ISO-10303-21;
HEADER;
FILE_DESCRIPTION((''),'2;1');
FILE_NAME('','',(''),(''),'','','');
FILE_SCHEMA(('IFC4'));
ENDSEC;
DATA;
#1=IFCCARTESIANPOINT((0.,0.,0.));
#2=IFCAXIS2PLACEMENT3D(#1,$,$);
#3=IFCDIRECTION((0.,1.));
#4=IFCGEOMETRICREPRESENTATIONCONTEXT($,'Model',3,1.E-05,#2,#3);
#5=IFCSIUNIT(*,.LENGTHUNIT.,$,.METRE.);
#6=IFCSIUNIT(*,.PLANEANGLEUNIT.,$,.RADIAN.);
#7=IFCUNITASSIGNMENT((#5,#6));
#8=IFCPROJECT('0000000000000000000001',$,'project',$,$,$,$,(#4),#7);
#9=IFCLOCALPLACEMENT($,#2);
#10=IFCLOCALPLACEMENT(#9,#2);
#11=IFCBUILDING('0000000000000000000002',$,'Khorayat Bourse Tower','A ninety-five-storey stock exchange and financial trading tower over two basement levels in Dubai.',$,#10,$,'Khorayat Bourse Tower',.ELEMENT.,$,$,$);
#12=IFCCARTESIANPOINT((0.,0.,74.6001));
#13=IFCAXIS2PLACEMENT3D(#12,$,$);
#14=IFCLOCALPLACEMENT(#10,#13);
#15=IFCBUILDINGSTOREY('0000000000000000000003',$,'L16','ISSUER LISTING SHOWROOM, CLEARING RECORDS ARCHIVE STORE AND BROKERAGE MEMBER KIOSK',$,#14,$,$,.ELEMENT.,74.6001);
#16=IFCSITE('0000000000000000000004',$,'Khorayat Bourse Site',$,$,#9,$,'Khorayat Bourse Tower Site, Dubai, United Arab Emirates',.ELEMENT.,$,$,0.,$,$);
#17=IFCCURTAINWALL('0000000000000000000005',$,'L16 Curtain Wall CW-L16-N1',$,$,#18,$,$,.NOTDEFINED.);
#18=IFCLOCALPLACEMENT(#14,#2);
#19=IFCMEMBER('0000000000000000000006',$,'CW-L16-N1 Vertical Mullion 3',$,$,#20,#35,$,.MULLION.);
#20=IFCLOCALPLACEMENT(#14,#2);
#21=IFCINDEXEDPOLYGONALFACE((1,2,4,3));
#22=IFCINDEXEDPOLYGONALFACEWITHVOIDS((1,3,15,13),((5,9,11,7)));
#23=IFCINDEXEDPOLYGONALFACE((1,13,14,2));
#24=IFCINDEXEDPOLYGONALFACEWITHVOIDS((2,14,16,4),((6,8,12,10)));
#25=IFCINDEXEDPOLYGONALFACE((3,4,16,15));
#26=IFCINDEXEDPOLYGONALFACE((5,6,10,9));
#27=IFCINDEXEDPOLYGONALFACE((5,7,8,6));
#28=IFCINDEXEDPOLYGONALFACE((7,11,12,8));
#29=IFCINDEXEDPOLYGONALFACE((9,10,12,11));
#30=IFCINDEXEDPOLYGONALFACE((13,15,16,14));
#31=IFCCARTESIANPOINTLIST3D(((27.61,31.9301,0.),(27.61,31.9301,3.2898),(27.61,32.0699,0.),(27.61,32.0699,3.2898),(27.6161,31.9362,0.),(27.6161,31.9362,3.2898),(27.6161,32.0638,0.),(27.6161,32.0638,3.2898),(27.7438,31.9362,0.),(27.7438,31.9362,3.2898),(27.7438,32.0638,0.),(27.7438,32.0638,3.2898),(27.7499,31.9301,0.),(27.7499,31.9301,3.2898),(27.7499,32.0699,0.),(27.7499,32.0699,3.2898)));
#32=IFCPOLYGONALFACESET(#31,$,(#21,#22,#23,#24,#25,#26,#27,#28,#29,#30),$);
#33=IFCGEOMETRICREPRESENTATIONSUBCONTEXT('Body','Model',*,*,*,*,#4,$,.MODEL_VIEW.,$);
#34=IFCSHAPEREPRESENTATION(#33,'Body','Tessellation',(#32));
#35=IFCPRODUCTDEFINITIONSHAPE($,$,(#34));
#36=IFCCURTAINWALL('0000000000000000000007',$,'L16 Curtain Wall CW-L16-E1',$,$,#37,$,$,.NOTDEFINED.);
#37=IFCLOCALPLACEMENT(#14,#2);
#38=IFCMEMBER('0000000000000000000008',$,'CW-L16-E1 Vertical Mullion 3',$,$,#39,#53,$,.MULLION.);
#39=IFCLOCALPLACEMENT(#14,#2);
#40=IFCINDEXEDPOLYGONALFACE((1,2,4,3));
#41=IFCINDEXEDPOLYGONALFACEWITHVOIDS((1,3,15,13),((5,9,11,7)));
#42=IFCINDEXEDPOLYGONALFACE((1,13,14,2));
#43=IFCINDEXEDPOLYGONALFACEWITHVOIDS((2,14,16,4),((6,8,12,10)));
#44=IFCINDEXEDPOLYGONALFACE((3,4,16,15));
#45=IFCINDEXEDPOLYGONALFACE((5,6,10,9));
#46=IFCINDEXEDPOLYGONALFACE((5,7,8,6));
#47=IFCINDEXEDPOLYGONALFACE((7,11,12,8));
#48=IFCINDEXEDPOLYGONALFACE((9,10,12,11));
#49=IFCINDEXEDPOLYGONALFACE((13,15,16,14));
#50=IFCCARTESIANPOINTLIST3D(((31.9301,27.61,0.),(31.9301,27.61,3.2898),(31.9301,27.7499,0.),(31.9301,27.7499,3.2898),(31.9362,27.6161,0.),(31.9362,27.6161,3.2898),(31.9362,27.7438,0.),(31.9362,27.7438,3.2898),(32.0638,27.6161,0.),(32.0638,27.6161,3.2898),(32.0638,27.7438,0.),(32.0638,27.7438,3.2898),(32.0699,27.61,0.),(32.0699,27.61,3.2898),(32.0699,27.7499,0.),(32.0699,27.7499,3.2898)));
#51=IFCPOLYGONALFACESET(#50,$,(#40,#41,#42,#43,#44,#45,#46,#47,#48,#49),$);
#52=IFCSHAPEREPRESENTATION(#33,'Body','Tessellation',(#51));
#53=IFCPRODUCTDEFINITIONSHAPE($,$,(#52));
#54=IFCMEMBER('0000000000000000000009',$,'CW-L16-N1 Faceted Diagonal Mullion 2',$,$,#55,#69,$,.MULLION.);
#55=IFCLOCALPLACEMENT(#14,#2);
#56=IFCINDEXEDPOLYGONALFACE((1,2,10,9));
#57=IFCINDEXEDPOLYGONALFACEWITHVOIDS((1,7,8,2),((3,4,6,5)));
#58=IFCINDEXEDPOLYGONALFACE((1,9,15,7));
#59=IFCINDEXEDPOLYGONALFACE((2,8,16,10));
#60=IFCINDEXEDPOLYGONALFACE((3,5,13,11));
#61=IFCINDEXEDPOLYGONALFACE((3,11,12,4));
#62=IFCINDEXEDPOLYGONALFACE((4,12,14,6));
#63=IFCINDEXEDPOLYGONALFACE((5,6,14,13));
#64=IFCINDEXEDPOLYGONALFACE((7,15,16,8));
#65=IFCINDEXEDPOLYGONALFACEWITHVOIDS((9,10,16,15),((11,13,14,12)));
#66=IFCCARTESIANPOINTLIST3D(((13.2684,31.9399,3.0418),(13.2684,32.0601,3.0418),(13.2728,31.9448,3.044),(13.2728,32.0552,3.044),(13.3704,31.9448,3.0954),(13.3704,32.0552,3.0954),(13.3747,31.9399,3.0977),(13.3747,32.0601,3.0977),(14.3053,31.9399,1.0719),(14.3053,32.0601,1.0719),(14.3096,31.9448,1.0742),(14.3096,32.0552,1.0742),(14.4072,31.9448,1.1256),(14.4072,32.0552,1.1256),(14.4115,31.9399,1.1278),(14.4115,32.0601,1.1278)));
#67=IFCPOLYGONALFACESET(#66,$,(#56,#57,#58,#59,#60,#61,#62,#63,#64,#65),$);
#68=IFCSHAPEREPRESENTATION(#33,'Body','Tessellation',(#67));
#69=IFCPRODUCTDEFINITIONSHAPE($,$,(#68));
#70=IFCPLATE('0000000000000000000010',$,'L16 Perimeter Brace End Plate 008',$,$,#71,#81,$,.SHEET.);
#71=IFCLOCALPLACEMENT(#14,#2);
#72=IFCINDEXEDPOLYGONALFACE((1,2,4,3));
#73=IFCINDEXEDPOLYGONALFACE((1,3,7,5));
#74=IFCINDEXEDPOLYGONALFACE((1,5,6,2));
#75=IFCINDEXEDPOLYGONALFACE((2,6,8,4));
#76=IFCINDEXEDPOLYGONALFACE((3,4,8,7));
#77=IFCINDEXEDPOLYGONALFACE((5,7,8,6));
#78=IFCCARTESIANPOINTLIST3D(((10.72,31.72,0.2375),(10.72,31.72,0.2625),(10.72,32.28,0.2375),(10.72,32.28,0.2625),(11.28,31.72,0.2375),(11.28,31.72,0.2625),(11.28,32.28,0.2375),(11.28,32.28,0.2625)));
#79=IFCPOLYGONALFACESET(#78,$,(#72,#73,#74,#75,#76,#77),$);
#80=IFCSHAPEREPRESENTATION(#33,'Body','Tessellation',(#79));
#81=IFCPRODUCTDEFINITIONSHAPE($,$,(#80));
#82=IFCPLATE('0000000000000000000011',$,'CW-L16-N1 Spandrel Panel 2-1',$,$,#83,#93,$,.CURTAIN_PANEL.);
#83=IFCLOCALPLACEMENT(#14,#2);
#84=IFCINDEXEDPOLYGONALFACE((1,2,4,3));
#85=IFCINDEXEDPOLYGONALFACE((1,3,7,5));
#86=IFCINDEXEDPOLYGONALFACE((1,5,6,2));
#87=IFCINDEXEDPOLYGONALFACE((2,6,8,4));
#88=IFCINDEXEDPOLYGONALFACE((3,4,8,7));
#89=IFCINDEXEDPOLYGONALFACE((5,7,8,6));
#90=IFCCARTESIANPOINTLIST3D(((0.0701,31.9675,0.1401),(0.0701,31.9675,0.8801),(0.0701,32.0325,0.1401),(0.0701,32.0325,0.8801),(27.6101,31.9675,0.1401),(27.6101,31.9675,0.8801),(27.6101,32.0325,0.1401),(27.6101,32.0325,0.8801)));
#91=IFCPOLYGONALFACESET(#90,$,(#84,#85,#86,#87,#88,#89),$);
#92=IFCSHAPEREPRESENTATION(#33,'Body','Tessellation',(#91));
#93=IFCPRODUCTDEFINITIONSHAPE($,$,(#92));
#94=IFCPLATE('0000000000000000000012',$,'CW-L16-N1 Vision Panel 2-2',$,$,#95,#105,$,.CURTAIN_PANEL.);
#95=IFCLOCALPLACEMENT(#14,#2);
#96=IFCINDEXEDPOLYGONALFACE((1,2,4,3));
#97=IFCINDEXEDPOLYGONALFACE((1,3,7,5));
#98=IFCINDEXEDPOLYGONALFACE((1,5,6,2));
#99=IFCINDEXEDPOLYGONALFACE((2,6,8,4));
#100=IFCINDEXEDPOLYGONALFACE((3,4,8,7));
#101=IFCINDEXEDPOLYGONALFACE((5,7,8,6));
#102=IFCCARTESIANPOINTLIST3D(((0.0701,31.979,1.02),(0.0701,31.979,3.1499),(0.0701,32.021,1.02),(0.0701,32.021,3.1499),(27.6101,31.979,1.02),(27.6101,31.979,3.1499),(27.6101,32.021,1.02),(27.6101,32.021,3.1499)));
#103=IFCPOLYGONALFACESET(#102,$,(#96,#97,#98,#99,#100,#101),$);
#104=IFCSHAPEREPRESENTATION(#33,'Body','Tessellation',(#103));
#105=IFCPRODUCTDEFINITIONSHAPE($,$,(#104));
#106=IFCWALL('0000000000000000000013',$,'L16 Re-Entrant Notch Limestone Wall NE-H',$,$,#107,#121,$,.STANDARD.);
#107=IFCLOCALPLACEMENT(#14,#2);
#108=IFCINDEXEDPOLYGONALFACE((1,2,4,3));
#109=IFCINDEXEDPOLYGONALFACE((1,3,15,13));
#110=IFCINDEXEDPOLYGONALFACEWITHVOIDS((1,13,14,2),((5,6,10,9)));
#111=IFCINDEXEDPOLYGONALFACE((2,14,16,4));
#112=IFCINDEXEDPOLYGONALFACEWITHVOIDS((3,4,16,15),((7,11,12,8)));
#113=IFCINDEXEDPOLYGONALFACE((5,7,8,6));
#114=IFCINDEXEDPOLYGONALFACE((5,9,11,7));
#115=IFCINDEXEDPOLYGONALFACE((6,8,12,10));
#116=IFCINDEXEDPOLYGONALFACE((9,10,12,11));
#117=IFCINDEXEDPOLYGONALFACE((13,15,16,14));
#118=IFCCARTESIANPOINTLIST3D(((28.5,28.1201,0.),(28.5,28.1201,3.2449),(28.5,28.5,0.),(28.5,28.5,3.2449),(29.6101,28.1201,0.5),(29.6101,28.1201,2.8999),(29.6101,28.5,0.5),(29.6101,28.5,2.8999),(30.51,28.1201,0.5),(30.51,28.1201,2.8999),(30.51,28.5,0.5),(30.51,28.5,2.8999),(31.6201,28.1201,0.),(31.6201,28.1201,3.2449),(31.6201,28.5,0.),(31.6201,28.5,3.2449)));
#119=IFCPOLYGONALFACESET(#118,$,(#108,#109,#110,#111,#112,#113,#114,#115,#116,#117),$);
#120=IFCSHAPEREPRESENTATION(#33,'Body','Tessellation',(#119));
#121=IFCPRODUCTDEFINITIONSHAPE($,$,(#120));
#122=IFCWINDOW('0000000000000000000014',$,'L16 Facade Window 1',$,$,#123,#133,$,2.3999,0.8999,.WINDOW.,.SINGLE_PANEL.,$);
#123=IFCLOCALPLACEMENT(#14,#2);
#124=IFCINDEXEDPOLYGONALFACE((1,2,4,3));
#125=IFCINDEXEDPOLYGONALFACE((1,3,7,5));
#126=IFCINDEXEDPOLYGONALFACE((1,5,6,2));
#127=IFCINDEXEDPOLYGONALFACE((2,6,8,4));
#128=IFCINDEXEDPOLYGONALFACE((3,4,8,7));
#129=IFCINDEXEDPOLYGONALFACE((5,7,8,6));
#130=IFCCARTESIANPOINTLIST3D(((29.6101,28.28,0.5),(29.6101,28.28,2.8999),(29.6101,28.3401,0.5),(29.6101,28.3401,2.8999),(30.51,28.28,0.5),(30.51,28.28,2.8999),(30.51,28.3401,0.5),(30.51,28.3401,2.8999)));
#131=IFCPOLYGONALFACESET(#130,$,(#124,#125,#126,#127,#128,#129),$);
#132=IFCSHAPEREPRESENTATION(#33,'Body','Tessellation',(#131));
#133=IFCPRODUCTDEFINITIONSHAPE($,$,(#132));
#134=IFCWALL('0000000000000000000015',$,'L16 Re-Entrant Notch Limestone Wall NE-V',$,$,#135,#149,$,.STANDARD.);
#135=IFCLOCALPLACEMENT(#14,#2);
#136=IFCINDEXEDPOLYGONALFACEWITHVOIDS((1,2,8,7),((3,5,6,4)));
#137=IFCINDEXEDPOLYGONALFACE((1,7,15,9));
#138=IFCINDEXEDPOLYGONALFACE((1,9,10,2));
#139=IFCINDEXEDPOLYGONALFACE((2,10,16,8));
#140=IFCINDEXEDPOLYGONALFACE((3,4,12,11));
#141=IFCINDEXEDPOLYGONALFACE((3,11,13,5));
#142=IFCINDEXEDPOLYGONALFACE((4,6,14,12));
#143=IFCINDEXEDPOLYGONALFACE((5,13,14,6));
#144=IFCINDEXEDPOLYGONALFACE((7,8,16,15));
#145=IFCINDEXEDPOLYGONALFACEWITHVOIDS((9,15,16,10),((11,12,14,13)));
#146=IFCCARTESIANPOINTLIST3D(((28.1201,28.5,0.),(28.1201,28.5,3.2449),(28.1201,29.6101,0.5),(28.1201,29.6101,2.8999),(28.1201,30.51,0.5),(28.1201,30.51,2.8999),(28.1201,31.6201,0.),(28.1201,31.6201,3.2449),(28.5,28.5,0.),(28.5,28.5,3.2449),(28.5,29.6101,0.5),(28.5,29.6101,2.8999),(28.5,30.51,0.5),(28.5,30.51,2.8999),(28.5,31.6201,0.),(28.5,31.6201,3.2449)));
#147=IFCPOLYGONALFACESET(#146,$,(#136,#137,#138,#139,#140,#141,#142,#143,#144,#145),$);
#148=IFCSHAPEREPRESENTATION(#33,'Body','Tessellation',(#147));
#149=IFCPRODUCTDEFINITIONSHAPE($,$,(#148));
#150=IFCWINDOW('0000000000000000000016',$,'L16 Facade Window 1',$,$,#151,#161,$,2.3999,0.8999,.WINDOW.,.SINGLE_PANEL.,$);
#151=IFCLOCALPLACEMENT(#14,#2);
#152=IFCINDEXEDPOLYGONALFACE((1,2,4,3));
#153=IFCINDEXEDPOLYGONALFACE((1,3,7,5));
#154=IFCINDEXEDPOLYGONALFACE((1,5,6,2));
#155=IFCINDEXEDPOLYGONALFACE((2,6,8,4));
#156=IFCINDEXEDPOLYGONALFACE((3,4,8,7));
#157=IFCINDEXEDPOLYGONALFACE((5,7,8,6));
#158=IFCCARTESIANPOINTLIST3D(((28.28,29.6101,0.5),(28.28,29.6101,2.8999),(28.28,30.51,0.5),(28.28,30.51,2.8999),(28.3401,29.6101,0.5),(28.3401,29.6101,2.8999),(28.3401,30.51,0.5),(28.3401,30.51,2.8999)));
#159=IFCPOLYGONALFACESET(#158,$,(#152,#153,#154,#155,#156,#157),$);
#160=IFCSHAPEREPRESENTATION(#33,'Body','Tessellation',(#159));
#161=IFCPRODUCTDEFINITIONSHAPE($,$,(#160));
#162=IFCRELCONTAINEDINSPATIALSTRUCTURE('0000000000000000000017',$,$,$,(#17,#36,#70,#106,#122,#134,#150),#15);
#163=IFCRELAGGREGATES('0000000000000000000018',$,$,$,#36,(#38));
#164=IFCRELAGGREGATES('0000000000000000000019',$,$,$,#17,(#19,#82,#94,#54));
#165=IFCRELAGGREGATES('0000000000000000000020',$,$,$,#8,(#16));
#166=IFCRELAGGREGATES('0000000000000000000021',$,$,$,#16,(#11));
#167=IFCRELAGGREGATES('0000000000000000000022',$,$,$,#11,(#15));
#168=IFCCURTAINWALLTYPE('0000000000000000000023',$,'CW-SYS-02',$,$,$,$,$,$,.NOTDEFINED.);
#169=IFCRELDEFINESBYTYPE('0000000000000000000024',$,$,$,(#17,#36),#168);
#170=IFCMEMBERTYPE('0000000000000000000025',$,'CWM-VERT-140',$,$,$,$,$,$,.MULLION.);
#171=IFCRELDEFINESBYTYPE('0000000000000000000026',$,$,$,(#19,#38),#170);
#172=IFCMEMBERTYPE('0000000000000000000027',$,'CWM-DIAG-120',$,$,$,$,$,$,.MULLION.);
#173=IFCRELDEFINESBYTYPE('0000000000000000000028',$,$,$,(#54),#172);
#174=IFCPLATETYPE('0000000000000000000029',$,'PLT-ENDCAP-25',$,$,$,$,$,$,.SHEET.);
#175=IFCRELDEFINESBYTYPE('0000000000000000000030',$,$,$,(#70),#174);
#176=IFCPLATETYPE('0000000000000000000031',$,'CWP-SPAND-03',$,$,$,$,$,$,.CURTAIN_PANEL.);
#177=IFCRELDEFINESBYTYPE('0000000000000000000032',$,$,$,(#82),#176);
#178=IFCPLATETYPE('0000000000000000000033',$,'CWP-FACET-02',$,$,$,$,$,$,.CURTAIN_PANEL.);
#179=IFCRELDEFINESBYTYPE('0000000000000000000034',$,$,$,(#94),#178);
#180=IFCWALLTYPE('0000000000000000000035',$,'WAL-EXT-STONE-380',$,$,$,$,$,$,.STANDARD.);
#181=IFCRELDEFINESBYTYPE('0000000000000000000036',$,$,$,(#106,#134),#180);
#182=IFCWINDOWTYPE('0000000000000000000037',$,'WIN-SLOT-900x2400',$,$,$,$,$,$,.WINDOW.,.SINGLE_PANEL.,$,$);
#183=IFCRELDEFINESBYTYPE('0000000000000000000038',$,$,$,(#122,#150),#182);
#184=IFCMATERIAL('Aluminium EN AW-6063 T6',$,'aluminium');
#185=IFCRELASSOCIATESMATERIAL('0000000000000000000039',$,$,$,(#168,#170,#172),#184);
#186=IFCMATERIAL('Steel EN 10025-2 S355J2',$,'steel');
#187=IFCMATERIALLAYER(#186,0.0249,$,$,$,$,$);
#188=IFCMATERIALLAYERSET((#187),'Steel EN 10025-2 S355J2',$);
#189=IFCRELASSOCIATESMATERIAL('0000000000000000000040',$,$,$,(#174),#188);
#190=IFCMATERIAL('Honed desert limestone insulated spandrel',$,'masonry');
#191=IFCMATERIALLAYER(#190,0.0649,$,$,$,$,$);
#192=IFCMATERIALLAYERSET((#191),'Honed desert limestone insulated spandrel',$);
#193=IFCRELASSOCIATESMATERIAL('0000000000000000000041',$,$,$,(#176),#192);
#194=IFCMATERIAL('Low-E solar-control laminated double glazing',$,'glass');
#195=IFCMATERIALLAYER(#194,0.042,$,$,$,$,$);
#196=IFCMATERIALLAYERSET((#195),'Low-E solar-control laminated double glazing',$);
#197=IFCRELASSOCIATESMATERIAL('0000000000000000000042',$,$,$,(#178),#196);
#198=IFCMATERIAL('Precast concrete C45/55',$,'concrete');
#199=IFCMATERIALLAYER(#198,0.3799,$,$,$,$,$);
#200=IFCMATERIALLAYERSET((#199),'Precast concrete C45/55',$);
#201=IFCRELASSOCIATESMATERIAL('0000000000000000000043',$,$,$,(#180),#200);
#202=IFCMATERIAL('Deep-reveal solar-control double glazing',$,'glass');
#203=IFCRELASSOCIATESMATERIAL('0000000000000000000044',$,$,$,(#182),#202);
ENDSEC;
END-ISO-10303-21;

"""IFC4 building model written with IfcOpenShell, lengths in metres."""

from ifc_helpers import new_model, si_unit, direction, frame, frame_2d, origin, origin_2d, place, context, subcontext, project, spatial, rectangle, hollow_rectangle, extrude, source, transform, mapped, material, layer, layer_set, material_profile, profile_set, type_object, element, fill, aggregate, save


model = new_model("IFC4")

# Units and contexts
model_context = context("Model", 3, precision=1e-05, world=origin(), true_north=direction((0.0, 1.0)))
body_context = subcontext(model_context, "Body", "Model", "MODEL_VIEW")
ifc_project = project(units=[si_unit("LENGTHUNIT", "METRE"), si_unit("PLANEANGLEUNIT", "RADIAN")], contexts=[model_context])

# Site, building, storey
site_placement = place(None, origin())
site = spatial("IfcSite", under=ifc_project, at=site_placement, Name="Khorayat Bourse Site", LongName="Khorayat Bourse Tower Site, Dubai, United Arab Emirates", CompositionType="ELEMENT", RefElevation=0.0)
building_placement = place(site_placement, origin())
building = spatial("IfcBuilding", under=site, at=building_placement, Name="Khorayat Bourse Tower", Description="A ninety-five-storey stock exchange and financial trading tower over two basement levels in Dubai.", LongName="Khorayat Bourse Tower", CompositionType="ELEMENT")
storey_placement = place(building_placement, frame((0.0, 0.0, 74.6001)))
storey = spatial("IfcBuildingStorey", under=building, at=storey_placement, Name="L16", Description="ISSUER LISTING SHOWROOM, CLEARING RECORDS ARCHIVE STORE AND BROKERAGE MEMBER KIOSK", CompositionType="ELEMENT", Elevation=74.6001)

# Curtain walls, members
ifc_material_1 = material(Name="Aluminium EN AW-6063 T6", Category="aluminium")
curtain_wall_type = type_object("IfcCurtainWallType", Name="CW-SYS-02", PredefinedType="NOTDEFINED", material=ifc_material_1)
curtain_wall_1_placement = place(storey_placement, origin())
curtain_wall_1 = element("IfcCurtainWall", 1, at=curtain_wall_1_placement, inside=storey, type_object=curtain_wall_type, Name="L16 Curtain Wall CW-L16-N1", PredefinedType="NOTDEFINED")
ifc_material_profile_1 = material_profile(ifc_material_1, hollow_rectangle(XDim=0.1399, YDim=0.1399, WallThickness=0.0061, at=origin_2d()), Name="ALU 140x140x6")
ifc_profile_set_1 = profile_set([ifc_material_profile_1], Name="Aluminium EN AW-6063 T6")
member_type_1 = type_object("IfcMemberType", Name="CWM-VERT-140", PredefinedType="MULLION", material=ifc_profile_set_1)
shared_shape_1 = source(origin(), body_context, "Body", "SweptSolid", [
    extrude(hollow_rectangle(XDim=0.1399, YDim=0.1399, WallThickness=0.0061, at=origin_2d()), origin(), (0.0, 0.0, 1.0), 3.2898),
])
member_1_placement = place(storey_placement, frame((27.6799, 32.0, 0.0), z_axis=(0.0, 0.0, 1.0), x_axis=(0.0, 1.0, 0.0)))
member_1 = element("IfcMember", 2, at=member_1_placement, type_object=member_type_1, Name="CW-L16-N1 Vertical Mullion 3", PredefinedType="MULLION", context=body_context, shape_type="MappedRepresentation", body=[
    mapped(shared_shape_1, transform((0.0, 0.0, 0.0), scale=1.0)),
])
curtain_wall_2_placement = place(storey_placement, origin())
curtain_wall_2 = element("IfcCurtainWall", 3, at=curtain_wall_2_placement, inside=storey, type_object=curtain_wall_type, Name="L16 Curtain Wall CW-L16-E1", PredefinedType="NOTDEFINED")
member_2_placement = place(storey_placement, frame((32.0, 27.6799, 0.0), z_axis=(0.0, 0.0, 1.0), x_axis=(-1.0, 0.0, 0.0)))
member_2 = element("IfcMember", 4, at=member_2_placement, type_object=member_type_1, Name="CW-L16-E1 Vertical Mullion 3", PredefinedType="MULLION", context=body_context, shape_type="MappedRepresentation", body=[
    mapped(shared_shape_1, transform((0.0, 0.0, 0.0), scale=1.0)),
])
aggregate(curtain_wall_2, [member_2])

# Member
ifc_material_profile_2 = material_profile(ifc_material_1, hollow_rectangle(XDim=0.1201, YDim=0.1201, WallThickness=0.0049, at=origin_2d()), Name="ALU 120x120x5")
ifc_profile_set_2 = profile_set([ifc_material_profile_2], Name="Aluminium EN AW-6063 T6")
member_type_2 = type_object("IfcMemberType", Name="CWM-DIAG-120", PredefinedType="MULLION", material=ifc_profile_set_2)
shared_shape_2 = source(origin(), body_context, "Body", "SweptSolid", [
    extrude(hollow_rectangle(XDim=0.1201, YDim=0.1201, WallThickness=0.0049, at=origin_2d()), origin(), (0.0, 0.0, 1.0), 2.2261),
])
member_3_placement = place(storey_placement, frame((14.3584, 32.0, 1.0999), z_axis=(-0.46576, 0.0, 0.884911), x_axis=(0.0, -1.0, 0.0)))
member_3 = element("IfcMember", 5, at=member_3_placement, type_object=member_type_2, Name="CW-L16-N1 Faceted Diagonal Mullion 2", PredefinedType="MULLION", context=body_context, shape_type="MappedRepresentation", body=[
    mapped(shared_shape_2, transform((0.0, 0.0, 0.0), scale=1.0)),
])

# Plates
ifc_material_2 = material(Name="Steel EN 10025-2 S355J2", Category="steel")
ifc_layer_1 = layer(ifc_material_2, 0.0249)
ifc_layer_set_1 = layer_set([ifc_layer_1], Name="Steel EN 10025-2 S355J2")
plate_type_1 = type_object("IfcPlateType", Name="PLT-ENDCAP-25", PredefinedType="SHEET", material=ifc_layer_set_1)
shared_shape_3 = source(origin(), body_context, "Body", "SweptSolid", [
    extrude(rectangle(XDim=0.5601, YDim=0.5601, at=origin_2d()), origin(), (0.0, 0.0, 1.0), 0.0249),
])
plate_1_placement = place(storey_placement, frame((11.0, 32.0, 0.2375), z_axis=(0.0, 0.0, 1.0), x_axis=(1.0, 0.0, 0.0)))
element("IfcPlate", 6, at=plate_1_placement, inside=storey, type_object=plate_type_1, Name="L16 Perimeter Brace End Plate 008", PredefinedType="SHEET", context=body_context, shape_type="MappedRepresentation", body=[
    mapped(shared_shape_3, transform((0.0, 0.0, 0.0), scale=1.0)),
])
ifc_material_3 = material(Name="Honed desert limestone insulated spandrel", Category="masonry")
ifc_layer_2 = layer(ifc_material_3, 0.0649)
ifc_layer_set_2 = layer_set([ifc_layer_2], Name="Honed desert limestone insulated spandrel")
plate_type_2 = type_object("IfcPlateType", Name="CWP-SPAND-03", PredefinedType="CURTAIN_PANEL", material=ifc_layer_set_2)
shared_shape_4 = source(origin(), body_context, "Body", "SweptSolid", [
    extrude(rectangle(XDim=27.54, YDim=0.0649, at=origin_2d()), origin(), (0.0, 0.0, 1.0), 0.74),
])
plate_2_placement = place(storey_placement, frame((13.8401, 32.0, 0.1401), z_axis=(0.0, 0.0, 1.0), x_axis=(1.0, 0.0, 0.0)))
plate_2 = element("IfcPlate", 7, at=plate_2_placement, type_object=plate_type_2, Name="CW-L16-N1 Spandrel Panel 2-1", PredefinedType="CURTAIN_PANEL", context=body_context, shape_type="MappedRepresentation", body=[
    mapped(shared_shape_4, transform((0.0, 0.0, 0.0), scale=1.0)),
])
ifc_material_4 = material(Name="Low-E solar-control laminated double glazing", Category="glass")
ifc_layer_3 = layer(ifc_material_4, 0.042)
ifc_layer_set_3 = layer_set([ifc_layer_3], Name="Low-E solar-control laminated double glazing")
plate_type_3 = type_object("IfcPlateType", Name="CWP-FACET-02", PredefinedType="CURTAIN_PANEL", material=ifc_layer_set_3)
shared_shape_5 = source(origin(), body_context, "Body", "SweptSolid", [
    extrude(rectangle(XDim=27.54, YDim=0.042, at=origin_2d()), origin(), (0.0, 0.0, 1.0), 2.1299),
])
plate_3_placement = place(storey_placement, frame((13.8401, 32.0, 1.02), z_axis=(0.0, 0.0, 1.0), x_axis=(1.0, 0.0, 0.0)))
plate_3 = element("IfcPlate", 8, at=plate_3_placement, type_object=plate_type_3, Name="CW-L16-N1 Vision Panel 2-2", PredefinedType="CURTAIN_PANEL", context=body_context, shape_type="MappedRepresentation", body=[
    mapped(shared_shape_5, transform((0.0, 0.0, 0.0), scale=1.0)),
])
aggregate(curtain_wall_1, [member_1, plate_2, plate_3, member_3])

# Walls, openings, windows
ifc_material_5 = material(Name="Precast concrete C45/55", Category="concrete")
ifc_layer_4 = layer(ifc_material_5, 0.3799)
ifc_layer_set_4 = layer_set([ifc_layer_4], Name="Precast concrete C45/55")
wall_type_1 = type_object("IfcWallType", Name="WAL-EXT-STONE-380", PredefinedType="STANDARD", material=ifc_layer_set_4)
shared_shape_6 = source(origin(), body_context, "Body", "SweptSolid", [
    extrude(rectangle(XDim=3.1201, YDim=0.3799, at=frame_2d((1.5601, 0.0))), origin(), (0.0, 0.0, 1.0), 3.2449),
])
wall_1_placement = place(storey_placement, frame((28.5, 28.3101, 0.0), z_axis=(0.0, 0.0, 1.0), x_axis=(1.0, 0.0, 0.0)))
wall_1 = element("IfcWall", 9, at=wall_1_placement, inside=storey, type_object=wall_type_1, Name="L16 Re-Entrant Notch Limestone Wall NE-H", PredefinedType="STANDARD", context=body_context, shape_type="MappedRepresentation", body=[
    mapped(shared_shape_6, transform((0.0, 0.0, 0.0), scale=1.0)),
])
shared_shape_7 = source(origin(), body_context, "Body", "SweptSolid", [
    extrude(rectangle(XDim=0.8999, YDim=2.3999, at=frame_2d((0.45, 1.2))), frame((0.0, 0.2, 0.0), z_axis=(0.0, -1.0, 0.0), x_axis=(1.0, 0.0, 0.0)), (0.0, 0.0, 1.0), 0.3999),
])
opening_1_placement = place(wall_1_placement, frame((1.1101, 0.0, 0.5)))
opening_1 = element("IfcOpeningElement", 10, at=opening_1_placement, cuts=wall_1, PredefinedType="OPENING", context=body_context, shape_type="MappedRepresentation", body=[
    mapped(shared_shape_7, transform((0.0, 0.0, 0.0), scale=1.0)),
])
ifc_material_6 = material(Name="Deep-reveal solar-control double glazing", Category="glass")
window_type = type_object("IfcWindowType", Name="WIN-SLOT-900x2400", PartitioningType="SINGLE_PANEL", PredefinedType="WINDOW", material=ifc_material_6)
shared_shape_8 = source(origin(), body_context, "Body", "SweptSolid", [
    extrude(rectangle(XDim=0.8999, YDim=2.3999, at=frame_2d((0.45, 1.2))), frame((0.0, 0.03, 0.0), z_axis=(0.0, -1.0, 0.0), x_axis=(1.0, 0.0, 0.0)), (0.0, 0.0, 1.0), 0.0601),
])
window_1_placement = place(opening_1_placement, origin())
window_1 = element("IfcWindow", 11, at=window_1_placement, inside=storey, type_object=window_type, Name="L16 Facade Window 1", OverallHeight=2.3999, OverallWidth=0.8999, PartitioningType="SINGLE_PANEL", PredefinedType="WINDOW", context=body_context, shape_type="MappedRepresentation", body=[
    mapped(shared_shape_8, transform((0.0, 0.0, 0.0), scale=1.0)),
])
fill(opening_1, window_1)
wall_2_placement = place(storey_placement, frame((28.3101, 28.5, 0.0), z_axis=(0.0, 0.0, 1.0), x_axis=(0.0, 1.0, 0.0)))
wall_2 = element("IfcWall", 12, at=wall_2_placement, inside=storey, type_object=wall_type_1, Name="L16 Re-Entrant Notch Limestone Wall NE-V", PredefinedType="STANDARD", context=body_context, shape_type="MappedRepresentation", body=[
    mapped(shared_shape_6, transform((0.0, 0.0, 0.0), scale=1.0)),
])
opening_2_placement = place(wall_2_placement, frame((1.1101, 0.0, 0.5)))
opening_2 = element("IfcOpeningElement", 13, at=opening_2_placement, cuts=wall_2, PredefinedType="OPENING", context=body_context, shape_type="MappedRepresentation", body=[
    mapped(shared_shape_7, transform((0.0, 0.0, 0.0), scale=1.0)),
])
window_2_placement = place(opening_2_placement, origin())
window_2 = element("IfcWindow", 14, at=window_2_placement, inside=storey, type_object=window_type, Name="L16 Facade Window 1", OverallHeight=2.3999, OverallWidth=0.8999, PartitioningType="SINGLE_PANEL", PredefinedType="WINDOW", context=body_context, shape_type="MappedRepresentation", body=[
    mapped(shared_shape_8, transform((0.0, 0.0, 0.0), scale=1.0)),
])
fill(opening_2, window_2)

save(model, "model.ifc")
